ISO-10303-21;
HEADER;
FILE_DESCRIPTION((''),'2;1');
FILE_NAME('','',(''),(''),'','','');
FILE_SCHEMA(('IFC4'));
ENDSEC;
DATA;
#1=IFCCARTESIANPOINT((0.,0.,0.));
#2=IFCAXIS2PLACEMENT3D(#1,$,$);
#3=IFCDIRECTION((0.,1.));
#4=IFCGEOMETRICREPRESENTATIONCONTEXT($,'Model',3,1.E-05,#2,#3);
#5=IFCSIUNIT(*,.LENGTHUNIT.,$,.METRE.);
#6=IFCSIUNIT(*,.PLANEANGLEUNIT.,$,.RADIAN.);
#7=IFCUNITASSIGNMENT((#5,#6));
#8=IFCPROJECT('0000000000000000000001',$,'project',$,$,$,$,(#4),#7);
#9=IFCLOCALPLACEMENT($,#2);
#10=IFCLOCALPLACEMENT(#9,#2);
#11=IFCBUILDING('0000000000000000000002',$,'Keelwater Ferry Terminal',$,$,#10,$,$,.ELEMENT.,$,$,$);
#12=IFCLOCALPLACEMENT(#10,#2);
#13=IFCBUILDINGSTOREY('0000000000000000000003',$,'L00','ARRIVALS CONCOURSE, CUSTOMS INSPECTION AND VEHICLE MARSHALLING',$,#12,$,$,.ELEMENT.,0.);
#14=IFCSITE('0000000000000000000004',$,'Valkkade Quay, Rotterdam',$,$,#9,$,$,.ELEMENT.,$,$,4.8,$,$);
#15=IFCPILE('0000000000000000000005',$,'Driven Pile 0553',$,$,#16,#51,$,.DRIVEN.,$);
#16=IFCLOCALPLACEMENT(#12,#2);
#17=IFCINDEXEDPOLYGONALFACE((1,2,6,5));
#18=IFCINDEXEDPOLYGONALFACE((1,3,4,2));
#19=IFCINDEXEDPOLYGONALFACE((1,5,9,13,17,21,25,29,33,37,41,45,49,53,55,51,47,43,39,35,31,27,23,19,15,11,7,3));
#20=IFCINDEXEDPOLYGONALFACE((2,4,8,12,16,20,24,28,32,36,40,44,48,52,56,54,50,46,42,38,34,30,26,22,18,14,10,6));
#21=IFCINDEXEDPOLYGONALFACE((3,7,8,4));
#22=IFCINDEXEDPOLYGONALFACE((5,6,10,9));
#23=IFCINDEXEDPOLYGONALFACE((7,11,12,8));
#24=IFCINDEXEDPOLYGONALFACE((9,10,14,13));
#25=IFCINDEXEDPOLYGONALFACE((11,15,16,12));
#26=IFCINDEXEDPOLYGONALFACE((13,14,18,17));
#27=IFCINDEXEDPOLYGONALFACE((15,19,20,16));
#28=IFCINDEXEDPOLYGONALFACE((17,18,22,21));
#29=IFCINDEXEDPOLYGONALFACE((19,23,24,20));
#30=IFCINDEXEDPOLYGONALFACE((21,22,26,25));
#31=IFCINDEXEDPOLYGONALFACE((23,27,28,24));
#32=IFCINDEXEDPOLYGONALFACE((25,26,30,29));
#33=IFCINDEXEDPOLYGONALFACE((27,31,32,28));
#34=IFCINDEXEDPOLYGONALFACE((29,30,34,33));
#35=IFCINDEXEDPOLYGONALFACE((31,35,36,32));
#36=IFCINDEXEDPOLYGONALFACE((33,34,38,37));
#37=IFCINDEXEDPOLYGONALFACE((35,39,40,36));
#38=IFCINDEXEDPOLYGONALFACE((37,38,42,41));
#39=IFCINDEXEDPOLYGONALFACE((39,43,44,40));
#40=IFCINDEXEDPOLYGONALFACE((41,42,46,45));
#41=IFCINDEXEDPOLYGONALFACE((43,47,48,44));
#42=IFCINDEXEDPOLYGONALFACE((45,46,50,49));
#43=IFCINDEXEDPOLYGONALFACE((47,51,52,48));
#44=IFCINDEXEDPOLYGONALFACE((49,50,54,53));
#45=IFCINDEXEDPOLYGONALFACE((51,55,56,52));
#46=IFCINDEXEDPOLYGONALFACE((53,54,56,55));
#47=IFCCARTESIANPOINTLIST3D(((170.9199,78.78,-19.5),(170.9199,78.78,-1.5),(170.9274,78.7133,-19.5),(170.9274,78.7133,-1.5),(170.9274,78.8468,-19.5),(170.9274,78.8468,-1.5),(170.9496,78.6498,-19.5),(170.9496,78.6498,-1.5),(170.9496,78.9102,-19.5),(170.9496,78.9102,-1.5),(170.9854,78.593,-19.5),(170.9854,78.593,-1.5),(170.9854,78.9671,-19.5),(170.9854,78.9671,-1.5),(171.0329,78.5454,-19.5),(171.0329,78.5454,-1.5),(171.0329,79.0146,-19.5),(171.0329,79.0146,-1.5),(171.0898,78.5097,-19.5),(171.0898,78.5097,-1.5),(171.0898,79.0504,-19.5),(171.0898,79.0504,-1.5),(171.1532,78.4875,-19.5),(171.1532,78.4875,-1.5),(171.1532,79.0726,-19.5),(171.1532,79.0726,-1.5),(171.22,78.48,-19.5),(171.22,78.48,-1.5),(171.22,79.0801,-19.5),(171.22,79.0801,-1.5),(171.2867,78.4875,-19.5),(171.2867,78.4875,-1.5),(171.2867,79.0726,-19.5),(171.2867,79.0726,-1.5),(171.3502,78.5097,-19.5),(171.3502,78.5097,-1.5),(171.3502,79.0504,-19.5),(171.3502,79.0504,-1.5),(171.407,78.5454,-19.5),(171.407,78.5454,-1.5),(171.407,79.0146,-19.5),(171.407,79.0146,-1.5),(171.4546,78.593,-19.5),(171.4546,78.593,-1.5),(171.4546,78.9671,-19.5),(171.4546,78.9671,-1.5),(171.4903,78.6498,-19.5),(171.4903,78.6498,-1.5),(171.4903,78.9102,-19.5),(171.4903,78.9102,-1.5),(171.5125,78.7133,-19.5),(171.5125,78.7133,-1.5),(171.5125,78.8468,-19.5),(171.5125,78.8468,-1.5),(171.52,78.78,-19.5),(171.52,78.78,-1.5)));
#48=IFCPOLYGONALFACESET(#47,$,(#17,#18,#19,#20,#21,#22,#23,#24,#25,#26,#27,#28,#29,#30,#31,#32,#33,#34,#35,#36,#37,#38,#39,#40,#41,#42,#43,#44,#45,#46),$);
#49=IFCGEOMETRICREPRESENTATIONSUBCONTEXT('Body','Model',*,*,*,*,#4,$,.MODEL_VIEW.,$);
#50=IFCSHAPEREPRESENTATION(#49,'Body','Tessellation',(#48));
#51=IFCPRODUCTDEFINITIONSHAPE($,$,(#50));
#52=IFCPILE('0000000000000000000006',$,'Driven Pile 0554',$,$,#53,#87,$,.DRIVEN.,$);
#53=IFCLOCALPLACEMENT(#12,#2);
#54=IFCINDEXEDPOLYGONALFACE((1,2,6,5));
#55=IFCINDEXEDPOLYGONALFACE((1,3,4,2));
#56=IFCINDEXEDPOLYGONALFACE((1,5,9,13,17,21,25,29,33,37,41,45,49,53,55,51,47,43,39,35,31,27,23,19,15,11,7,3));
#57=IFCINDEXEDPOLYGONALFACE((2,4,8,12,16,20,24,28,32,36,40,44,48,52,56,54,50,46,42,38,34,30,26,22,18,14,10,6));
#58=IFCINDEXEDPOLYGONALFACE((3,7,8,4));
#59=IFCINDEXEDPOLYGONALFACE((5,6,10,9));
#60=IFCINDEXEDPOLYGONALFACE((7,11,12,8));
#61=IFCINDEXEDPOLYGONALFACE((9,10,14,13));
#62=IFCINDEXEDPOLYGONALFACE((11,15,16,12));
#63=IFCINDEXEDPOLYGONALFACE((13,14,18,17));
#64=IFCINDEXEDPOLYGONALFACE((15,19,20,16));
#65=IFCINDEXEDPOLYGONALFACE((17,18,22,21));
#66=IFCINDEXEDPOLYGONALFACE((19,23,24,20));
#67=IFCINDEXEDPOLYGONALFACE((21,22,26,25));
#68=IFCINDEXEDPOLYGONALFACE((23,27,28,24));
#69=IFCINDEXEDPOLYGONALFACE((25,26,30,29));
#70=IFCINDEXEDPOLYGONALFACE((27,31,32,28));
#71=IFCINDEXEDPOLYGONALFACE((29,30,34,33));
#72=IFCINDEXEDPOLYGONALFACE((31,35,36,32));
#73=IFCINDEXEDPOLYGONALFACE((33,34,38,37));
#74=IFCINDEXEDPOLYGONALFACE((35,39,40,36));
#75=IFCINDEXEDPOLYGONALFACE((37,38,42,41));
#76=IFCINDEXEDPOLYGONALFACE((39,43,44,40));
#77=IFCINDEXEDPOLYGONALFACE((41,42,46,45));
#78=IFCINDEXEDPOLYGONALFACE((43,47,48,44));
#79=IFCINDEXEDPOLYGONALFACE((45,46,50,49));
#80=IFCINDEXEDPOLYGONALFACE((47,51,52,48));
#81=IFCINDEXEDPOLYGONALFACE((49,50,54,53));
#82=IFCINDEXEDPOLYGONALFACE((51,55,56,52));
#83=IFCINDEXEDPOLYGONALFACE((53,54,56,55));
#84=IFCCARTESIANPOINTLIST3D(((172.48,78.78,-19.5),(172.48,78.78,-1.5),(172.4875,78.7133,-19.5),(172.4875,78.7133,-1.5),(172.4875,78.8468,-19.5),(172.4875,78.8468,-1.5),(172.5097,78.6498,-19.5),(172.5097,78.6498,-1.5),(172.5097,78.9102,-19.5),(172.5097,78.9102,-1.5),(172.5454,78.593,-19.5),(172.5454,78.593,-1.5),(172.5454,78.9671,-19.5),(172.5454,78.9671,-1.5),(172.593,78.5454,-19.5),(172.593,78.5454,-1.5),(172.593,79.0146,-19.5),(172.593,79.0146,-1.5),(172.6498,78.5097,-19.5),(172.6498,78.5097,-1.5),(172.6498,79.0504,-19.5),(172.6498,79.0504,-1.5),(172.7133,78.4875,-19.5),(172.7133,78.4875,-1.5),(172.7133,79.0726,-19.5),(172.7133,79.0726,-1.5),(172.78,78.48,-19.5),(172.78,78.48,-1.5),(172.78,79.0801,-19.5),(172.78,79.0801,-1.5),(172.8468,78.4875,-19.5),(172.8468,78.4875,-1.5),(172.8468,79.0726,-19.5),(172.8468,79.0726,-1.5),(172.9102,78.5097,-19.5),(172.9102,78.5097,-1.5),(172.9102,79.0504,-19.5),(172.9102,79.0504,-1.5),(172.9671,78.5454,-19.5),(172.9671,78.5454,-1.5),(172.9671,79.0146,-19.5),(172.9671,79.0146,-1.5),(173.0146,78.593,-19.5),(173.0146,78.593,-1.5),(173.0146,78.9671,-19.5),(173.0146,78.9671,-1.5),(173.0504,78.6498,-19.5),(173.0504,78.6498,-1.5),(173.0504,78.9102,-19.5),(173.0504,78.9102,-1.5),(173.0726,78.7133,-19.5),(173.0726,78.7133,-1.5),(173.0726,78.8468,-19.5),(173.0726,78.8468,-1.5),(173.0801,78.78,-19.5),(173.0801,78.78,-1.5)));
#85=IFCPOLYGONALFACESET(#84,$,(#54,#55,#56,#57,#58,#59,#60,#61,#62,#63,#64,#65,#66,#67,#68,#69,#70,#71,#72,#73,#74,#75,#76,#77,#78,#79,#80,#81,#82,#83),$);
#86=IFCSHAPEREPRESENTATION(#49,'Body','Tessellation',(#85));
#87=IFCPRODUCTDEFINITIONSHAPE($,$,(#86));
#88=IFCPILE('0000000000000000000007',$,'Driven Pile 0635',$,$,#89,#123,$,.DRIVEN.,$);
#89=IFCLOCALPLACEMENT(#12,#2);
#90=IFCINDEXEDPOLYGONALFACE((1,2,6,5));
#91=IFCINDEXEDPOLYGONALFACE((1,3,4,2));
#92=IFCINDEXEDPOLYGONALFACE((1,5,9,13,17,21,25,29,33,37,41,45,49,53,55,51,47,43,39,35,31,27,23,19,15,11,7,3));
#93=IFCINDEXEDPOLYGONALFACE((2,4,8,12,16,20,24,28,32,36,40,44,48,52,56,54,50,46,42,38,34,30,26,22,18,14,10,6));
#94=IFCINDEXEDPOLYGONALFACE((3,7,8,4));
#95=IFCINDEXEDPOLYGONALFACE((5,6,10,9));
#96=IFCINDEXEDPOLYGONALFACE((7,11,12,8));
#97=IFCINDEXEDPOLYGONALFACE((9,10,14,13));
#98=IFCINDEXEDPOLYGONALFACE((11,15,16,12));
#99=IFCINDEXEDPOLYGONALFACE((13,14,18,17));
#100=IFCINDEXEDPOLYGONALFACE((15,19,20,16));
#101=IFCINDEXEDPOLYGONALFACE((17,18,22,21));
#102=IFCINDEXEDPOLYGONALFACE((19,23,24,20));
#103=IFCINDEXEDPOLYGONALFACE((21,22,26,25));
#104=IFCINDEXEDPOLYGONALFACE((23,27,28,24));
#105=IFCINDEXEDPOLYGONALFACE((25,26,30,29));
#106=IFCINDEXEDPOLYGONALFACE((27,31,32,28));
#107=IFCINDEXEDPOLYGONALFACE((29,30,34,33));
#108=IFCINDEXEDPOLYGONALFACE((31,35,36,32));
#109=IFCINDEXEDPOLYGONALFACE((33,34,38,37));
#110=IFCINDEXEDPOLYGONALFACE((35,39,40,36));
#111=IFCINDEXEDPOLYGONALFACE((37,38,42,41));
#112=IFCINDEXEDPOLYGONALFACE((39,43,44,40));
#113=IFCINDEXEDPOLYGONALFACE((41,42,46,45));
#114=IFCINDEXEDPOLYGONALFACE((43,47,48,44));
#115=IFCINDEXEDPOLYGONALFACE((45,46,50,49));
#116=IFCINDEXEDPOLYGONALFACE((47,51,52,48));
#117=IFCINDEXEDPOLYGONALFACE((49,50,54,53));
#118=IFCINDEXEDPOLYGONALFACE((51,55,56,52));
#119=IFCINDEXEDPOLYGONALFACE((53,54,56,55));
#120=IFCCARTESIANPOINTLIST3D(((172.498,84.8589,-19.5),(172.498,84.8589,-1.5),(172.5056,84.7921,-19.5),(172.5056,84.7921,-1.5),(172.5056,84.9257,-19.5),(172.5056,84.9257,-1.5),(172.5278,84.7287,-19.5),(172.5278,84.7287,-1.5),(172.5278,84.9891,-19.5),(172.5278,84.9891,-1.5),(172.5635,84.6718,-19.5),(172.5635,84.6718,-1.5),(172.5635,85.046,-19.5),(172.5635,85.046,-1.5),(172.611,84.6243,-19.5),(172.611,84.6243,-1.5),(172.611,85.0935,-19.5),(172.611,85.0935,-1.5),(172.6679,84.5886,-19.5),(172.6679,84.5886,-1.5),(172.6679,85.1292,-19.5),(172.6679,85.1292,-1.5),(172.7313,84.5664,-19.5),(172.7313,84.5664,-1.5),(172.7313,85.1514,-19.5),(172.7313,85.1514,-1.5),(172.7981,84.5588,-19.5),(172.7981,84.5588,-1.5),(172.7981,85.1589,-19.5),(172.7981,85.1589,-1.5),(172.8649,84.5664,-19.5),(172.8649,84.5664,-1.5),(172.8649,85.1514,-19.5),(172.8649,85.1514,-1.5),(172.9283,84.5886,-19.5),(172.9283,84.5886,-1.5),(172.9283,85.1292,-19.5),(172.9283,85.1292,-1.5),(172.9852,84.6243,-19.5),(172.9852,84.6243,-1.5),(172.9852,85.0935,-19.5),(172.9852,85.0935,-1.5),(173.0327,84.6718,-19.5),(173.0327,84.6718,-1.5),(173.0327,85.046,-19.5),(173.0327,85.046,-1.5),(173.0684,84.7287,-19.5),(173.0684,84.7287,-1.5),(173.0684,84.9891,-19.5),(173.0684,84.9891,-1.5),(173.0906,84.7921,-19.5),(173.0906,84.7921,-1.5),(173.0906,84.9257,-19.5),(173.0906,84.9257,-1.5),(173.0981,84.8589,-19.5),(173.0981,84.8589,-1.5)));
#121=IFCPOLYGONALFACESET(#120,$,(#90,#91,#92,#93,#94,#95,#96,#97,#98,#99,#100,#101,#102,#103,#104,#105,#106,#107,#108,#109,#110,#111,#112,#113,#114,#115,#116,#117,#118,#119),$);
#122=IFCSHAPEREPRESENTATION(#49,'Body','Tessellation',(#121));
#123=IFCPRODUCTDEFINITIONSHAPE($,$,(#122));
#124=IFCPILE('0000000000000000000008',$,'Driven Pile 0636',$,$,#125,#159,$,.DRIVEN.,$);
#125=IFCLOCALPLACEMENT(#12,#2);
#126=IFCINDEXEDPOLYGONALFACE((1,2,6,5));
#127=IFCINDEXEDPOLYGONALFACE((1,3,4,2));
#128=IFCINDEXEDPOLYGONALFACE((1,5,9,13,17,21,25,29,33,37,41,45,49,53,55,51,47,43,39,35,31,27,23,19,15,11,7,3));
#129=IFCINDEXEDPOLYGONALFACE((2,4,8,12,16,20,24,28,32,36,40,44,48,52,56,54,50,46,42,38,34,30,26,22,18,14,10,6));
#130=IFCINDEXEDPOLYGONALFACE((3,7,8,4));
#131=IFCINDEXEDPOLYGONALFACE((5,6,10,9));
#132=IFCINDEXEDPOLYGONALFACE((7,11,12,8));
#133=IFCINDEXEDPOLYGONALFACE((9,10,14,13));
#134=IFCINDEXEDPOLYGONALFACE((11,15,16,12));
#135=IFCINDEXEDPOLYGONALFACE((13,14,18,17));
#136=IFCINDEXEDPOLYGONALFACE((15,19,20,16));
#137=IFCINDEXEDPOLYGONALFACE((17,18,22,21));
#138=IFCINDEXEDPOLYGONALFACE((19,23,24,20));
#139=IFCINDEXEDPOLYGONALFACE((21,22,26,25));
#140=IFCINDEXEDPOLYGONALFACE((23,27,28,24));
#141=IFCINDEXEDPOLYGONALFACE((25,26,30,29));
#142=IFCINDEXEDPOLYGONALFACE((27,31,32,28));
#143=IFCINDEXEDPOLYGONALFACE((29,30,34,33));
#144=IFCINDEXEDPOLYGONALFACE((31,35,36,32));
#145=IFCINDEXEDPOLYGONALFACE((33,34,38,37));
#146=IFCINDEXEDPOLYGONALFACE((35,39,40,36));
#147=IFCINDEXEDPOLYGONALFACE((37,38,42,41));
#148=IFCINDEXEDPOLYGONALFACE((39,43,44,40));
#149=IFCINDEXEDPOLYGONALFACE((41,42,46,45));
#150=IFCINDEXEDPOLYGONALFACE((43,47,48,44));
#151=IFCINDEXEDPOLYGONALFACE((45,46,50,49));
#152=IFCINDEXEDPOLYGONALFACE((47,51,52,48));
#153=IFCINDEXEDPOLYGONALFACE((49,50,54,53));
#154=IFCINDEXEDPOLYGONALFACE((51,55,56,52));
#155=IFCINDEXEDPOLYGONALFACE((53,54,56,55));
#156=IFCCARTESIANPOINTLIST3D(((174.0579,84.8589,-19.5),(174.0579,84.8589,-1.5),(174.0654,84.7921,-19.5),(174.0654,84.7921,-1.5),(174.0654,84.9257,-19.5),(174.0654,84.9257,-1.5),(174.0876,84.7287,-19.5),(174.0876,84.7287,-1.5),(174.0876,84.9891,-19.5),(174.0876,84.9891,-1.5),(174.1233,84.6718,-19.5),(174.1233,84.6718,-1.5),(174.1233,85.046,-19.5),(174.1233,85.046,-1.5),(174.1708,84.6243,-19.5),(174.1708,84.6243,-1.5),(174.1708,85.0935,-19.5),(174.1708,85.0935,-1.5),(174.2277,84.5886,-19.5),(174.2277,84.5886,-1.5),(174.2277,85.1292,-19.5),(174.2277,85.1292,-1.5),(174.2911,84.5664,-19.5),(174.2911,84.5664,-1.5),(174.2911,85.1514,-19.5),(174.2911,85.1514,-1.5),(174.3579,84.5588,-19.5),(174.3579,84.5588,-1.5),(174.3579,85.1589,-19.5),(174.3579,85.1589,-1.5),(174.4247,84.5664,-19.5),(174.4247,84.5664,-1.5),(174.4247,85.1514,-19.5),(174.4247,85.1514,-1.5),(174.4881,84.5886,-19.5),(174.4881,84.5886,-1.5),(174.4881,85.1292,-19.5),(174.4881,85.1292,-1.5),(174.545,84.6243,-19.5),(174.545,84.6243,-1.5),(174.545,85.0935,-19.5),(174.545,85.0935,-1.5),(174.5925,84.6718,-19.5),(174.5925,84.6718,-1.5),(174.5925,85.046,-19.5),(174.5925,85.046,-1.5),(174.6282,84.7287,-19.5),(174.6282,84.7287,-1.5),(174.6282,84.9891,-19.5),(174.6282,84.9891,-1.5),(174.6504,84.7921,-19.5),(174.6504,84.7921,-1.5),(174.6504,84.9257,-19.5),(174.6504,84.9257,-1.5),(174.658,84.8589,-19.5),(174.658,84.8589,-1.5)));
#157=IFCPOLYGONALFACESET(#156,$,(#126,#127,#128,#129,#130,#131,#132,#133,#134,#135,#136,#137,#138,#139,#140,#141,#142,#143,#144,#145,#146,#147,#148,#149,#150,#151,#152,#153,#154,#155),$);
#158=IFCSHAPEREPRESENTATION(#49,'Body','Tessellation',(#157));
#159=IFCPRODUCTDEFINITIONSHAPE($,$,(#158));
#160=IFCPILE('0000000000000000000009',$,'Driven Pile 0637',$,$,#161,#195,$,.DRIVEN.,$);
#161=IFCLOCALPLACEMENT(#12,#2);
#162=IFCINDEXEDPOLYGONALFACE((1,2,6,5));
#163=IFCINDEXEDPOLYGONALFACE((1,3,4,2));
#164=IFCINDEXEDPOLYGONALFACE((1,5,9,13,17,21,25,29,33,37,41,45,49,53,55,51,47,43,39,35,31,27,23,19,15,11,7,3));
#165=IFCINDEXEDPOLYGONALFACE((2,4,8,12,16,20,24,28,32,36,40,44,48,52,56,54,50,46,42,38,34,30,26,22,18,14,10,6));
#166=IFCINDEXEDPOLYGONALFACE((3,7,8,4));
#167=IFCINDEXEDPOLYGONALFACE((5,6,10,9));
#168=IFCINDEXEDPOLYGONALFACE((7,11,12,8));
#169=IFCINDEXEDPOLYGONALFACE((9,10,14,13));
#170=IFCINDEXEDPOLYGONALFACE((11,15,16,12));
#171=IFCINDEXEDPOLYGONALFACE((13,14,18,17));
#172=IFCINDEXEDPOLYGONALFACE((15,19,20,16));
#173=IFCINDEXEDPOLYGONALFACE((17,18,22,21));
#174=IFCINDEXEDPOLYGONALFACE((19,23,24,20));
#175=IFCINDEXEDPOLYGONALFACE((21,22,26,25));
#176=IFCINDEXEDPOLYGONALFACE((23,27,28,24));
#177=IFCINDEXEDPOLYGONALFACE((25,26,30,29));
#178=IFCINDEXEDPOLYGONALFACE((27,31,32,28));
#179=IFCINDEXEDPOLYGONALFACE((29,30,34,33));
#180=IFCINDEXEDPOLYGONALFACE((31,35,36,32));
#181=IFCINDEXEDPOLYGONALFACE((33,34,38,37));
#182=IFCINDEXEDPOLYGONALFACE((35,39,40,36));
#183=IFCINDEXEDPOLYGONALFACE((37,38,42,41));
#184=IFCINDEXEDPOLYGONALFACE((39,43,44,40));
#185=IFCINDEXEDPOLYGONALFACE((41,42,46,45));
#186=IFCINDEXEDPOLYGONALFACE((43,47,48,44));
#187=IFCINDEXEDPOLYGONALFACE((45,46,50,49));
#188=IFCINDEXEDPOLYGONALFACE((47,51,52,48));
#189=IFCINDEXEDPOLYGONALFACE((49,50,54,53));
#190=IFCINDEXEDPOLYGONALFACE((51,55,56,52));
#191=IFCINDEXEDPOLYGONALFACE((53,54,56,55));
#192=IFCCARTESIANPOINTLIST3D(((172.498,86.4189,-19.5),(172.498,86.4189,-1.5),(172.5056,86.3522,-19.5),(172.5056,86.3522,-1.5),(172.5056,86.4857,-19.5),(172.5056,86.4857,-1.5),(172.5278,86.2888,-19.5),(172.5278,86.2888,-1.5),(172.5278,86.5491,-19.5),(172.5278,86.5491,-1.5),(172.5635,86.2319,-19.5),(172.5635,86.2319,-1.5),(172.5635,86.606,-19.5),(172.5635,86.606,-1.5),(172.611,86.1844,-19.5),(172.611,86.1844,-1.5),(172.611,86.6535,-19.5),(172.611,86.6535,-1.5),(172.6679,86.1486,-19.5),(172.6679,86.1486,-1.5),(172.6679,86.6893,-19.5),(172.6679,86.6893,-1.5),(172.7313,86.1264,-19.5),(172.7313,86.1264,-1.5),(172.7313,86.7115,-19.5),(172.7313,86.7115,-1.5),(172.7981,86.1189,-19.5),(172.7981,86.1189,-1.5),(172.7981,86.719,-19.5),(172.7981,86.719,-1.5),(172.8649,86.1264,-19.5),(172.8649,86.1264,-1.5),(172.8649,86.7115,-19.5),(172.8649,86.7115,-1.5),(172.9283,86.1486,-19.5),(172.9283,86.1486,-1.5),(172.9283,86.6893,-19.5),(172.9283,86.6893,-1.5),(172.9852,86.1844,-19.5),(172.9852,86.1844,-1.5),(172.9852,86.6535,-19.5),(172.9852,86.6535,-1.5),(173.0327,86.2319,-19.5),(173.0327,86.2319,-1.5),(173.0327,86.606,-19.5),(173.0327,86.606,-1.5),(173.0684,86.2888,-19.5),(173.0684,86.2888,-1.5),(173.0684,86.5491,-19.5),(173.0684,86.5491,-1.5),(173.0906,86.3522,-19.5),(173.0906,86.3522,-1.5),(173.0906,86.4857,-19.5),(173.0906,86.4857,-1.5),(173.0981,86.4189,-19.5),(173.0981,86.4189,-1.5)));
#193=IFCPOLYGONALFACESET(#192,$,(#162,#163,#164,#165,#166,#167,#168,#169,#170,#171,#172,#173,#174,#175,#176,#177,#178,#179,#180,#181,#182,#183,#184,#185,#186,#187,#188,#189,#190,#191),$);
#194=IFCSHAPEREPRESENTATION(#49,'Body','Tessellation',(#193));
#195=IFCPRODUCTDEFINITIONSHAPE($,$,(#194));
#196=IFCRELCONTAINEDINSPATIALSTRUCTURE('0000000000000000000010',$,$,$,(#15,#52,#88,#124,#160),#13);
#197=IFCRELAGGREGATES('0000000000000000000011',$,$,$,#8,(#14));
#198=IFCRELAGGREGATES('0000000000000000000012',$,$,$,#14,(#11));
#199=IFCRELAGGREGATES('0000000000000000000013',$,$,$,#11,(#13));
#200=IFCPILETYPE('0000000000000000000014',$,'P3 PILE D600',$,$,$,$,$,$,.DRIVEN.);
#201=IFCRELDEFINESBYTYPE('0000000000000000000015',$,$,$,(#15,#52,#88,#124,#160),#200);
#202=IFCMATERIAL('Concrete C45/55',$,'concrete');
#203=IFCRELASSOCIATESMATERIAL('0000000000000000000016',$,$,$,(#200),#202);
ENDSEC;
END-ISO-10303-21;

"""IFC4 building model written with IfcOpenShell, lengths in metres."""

from ifc_helpers import new_model, si_unit, direction, frame, origin, origin_2d, place, context, subcontext, project, spatial, circle, extrude, material, material_profile, profile_set, type_object, element, save


model = new_model("IFC4")

# Units and contexts
model_context = context("Model", 3, precision=1e-05, world=origin(), true_north=direction((0.0, 1.0)))
body_context = subcontext(model_context, "Body", "Model", "MODEL_VIEW")
ifc_project = project(units=[si_unit("LENGTHUNIT", "METRE"), si_unit("PLANEANGLEUNIT", "RADIAN")], contexts=[model_context])

# Site, building, storey
site_placement = place(None, origin())
site = spatial("IfcSite", under=ifc_project, at=site_placement, Name="Valkkade Quay, Rotterdam", CompositionType="ELEMENT", RefElevation=4.8)
building_placement = place(site_placement, origin())
building = spatial("IfcBuilding", under=site, at=building_placement, Name="Keelwater Ferry Terminal", CompositionType="ELEMENT")
storey_placement = place(building_placement, origin())
storey = spatial("IfcBuildingStorey", under=building, at=storey_placement, Name="L00", Description="ARRIVALS CONCOURSE, CUSTOMS INSPECTION AND VEHICLE MARSHALLING", CompositionType="ELEMENT", Elevation=0.0)

# Piles
ifc_material_1 = material(Name="Concrete C45/55", Category="concrete")
ifc_material_profile_1 = material_profile(ifc_material_1, circle(Radius=0.3, at=origin_2d()), Name="PILE D600")
ifc_profile_set_1 = profile_set([ifc_material_profile_1], Name="Concrete C45/55")
pile_type = type_object("IfcPileType", Name="P3 PILE D600", PredefinedType="DRIVEN", material=ifc_profile_set_1)
for number, where, z_axis, x_axis, name in (
    (1, (171.22, 78.78, -1.5), (0.0, 0.0, -1.0), (1.0, 0.0, 0.0), "Driven Pile 0553"),
    (2, (172.78, 78.78, -1.5), (0.0, 0.0, -1.0), (1.0, 0.0, 0.0), "Driven Pile 0554"),
    (3, (172.7981, 84.8589, -1.5), (0.0, 0.0, -1.0), (1.0, 0.0, 0.0), "Driven Pile 0635"),
    (4, (174.3579, 84.8589, -1.5), (0.0, 0.0, -1.0), (1.0, 0.0, 0.0), "Driven Pile 0636"),
    (5, (172.7981, 86.4189, -1.5), (0.0, 0.0, -1.0), (1.0, 0.0, 0.0), "Driven Pile 0637"),
):
    element("IfcPile", number, at=place(storey_placement, frame(where, z_axis=z_axis, x_axis=x_axis)), inside=storey, type_object=pile_type, Name=name, PredefinedType="DRIVEN", context=body_context, shape_type="SweptSolid", body=[
        extrude(circle(Radius=0.3, at=origin_2d()), origin(), (0.0, 0.0, 1.0), 18.0),
    ])

save(model, "model.ifc")
